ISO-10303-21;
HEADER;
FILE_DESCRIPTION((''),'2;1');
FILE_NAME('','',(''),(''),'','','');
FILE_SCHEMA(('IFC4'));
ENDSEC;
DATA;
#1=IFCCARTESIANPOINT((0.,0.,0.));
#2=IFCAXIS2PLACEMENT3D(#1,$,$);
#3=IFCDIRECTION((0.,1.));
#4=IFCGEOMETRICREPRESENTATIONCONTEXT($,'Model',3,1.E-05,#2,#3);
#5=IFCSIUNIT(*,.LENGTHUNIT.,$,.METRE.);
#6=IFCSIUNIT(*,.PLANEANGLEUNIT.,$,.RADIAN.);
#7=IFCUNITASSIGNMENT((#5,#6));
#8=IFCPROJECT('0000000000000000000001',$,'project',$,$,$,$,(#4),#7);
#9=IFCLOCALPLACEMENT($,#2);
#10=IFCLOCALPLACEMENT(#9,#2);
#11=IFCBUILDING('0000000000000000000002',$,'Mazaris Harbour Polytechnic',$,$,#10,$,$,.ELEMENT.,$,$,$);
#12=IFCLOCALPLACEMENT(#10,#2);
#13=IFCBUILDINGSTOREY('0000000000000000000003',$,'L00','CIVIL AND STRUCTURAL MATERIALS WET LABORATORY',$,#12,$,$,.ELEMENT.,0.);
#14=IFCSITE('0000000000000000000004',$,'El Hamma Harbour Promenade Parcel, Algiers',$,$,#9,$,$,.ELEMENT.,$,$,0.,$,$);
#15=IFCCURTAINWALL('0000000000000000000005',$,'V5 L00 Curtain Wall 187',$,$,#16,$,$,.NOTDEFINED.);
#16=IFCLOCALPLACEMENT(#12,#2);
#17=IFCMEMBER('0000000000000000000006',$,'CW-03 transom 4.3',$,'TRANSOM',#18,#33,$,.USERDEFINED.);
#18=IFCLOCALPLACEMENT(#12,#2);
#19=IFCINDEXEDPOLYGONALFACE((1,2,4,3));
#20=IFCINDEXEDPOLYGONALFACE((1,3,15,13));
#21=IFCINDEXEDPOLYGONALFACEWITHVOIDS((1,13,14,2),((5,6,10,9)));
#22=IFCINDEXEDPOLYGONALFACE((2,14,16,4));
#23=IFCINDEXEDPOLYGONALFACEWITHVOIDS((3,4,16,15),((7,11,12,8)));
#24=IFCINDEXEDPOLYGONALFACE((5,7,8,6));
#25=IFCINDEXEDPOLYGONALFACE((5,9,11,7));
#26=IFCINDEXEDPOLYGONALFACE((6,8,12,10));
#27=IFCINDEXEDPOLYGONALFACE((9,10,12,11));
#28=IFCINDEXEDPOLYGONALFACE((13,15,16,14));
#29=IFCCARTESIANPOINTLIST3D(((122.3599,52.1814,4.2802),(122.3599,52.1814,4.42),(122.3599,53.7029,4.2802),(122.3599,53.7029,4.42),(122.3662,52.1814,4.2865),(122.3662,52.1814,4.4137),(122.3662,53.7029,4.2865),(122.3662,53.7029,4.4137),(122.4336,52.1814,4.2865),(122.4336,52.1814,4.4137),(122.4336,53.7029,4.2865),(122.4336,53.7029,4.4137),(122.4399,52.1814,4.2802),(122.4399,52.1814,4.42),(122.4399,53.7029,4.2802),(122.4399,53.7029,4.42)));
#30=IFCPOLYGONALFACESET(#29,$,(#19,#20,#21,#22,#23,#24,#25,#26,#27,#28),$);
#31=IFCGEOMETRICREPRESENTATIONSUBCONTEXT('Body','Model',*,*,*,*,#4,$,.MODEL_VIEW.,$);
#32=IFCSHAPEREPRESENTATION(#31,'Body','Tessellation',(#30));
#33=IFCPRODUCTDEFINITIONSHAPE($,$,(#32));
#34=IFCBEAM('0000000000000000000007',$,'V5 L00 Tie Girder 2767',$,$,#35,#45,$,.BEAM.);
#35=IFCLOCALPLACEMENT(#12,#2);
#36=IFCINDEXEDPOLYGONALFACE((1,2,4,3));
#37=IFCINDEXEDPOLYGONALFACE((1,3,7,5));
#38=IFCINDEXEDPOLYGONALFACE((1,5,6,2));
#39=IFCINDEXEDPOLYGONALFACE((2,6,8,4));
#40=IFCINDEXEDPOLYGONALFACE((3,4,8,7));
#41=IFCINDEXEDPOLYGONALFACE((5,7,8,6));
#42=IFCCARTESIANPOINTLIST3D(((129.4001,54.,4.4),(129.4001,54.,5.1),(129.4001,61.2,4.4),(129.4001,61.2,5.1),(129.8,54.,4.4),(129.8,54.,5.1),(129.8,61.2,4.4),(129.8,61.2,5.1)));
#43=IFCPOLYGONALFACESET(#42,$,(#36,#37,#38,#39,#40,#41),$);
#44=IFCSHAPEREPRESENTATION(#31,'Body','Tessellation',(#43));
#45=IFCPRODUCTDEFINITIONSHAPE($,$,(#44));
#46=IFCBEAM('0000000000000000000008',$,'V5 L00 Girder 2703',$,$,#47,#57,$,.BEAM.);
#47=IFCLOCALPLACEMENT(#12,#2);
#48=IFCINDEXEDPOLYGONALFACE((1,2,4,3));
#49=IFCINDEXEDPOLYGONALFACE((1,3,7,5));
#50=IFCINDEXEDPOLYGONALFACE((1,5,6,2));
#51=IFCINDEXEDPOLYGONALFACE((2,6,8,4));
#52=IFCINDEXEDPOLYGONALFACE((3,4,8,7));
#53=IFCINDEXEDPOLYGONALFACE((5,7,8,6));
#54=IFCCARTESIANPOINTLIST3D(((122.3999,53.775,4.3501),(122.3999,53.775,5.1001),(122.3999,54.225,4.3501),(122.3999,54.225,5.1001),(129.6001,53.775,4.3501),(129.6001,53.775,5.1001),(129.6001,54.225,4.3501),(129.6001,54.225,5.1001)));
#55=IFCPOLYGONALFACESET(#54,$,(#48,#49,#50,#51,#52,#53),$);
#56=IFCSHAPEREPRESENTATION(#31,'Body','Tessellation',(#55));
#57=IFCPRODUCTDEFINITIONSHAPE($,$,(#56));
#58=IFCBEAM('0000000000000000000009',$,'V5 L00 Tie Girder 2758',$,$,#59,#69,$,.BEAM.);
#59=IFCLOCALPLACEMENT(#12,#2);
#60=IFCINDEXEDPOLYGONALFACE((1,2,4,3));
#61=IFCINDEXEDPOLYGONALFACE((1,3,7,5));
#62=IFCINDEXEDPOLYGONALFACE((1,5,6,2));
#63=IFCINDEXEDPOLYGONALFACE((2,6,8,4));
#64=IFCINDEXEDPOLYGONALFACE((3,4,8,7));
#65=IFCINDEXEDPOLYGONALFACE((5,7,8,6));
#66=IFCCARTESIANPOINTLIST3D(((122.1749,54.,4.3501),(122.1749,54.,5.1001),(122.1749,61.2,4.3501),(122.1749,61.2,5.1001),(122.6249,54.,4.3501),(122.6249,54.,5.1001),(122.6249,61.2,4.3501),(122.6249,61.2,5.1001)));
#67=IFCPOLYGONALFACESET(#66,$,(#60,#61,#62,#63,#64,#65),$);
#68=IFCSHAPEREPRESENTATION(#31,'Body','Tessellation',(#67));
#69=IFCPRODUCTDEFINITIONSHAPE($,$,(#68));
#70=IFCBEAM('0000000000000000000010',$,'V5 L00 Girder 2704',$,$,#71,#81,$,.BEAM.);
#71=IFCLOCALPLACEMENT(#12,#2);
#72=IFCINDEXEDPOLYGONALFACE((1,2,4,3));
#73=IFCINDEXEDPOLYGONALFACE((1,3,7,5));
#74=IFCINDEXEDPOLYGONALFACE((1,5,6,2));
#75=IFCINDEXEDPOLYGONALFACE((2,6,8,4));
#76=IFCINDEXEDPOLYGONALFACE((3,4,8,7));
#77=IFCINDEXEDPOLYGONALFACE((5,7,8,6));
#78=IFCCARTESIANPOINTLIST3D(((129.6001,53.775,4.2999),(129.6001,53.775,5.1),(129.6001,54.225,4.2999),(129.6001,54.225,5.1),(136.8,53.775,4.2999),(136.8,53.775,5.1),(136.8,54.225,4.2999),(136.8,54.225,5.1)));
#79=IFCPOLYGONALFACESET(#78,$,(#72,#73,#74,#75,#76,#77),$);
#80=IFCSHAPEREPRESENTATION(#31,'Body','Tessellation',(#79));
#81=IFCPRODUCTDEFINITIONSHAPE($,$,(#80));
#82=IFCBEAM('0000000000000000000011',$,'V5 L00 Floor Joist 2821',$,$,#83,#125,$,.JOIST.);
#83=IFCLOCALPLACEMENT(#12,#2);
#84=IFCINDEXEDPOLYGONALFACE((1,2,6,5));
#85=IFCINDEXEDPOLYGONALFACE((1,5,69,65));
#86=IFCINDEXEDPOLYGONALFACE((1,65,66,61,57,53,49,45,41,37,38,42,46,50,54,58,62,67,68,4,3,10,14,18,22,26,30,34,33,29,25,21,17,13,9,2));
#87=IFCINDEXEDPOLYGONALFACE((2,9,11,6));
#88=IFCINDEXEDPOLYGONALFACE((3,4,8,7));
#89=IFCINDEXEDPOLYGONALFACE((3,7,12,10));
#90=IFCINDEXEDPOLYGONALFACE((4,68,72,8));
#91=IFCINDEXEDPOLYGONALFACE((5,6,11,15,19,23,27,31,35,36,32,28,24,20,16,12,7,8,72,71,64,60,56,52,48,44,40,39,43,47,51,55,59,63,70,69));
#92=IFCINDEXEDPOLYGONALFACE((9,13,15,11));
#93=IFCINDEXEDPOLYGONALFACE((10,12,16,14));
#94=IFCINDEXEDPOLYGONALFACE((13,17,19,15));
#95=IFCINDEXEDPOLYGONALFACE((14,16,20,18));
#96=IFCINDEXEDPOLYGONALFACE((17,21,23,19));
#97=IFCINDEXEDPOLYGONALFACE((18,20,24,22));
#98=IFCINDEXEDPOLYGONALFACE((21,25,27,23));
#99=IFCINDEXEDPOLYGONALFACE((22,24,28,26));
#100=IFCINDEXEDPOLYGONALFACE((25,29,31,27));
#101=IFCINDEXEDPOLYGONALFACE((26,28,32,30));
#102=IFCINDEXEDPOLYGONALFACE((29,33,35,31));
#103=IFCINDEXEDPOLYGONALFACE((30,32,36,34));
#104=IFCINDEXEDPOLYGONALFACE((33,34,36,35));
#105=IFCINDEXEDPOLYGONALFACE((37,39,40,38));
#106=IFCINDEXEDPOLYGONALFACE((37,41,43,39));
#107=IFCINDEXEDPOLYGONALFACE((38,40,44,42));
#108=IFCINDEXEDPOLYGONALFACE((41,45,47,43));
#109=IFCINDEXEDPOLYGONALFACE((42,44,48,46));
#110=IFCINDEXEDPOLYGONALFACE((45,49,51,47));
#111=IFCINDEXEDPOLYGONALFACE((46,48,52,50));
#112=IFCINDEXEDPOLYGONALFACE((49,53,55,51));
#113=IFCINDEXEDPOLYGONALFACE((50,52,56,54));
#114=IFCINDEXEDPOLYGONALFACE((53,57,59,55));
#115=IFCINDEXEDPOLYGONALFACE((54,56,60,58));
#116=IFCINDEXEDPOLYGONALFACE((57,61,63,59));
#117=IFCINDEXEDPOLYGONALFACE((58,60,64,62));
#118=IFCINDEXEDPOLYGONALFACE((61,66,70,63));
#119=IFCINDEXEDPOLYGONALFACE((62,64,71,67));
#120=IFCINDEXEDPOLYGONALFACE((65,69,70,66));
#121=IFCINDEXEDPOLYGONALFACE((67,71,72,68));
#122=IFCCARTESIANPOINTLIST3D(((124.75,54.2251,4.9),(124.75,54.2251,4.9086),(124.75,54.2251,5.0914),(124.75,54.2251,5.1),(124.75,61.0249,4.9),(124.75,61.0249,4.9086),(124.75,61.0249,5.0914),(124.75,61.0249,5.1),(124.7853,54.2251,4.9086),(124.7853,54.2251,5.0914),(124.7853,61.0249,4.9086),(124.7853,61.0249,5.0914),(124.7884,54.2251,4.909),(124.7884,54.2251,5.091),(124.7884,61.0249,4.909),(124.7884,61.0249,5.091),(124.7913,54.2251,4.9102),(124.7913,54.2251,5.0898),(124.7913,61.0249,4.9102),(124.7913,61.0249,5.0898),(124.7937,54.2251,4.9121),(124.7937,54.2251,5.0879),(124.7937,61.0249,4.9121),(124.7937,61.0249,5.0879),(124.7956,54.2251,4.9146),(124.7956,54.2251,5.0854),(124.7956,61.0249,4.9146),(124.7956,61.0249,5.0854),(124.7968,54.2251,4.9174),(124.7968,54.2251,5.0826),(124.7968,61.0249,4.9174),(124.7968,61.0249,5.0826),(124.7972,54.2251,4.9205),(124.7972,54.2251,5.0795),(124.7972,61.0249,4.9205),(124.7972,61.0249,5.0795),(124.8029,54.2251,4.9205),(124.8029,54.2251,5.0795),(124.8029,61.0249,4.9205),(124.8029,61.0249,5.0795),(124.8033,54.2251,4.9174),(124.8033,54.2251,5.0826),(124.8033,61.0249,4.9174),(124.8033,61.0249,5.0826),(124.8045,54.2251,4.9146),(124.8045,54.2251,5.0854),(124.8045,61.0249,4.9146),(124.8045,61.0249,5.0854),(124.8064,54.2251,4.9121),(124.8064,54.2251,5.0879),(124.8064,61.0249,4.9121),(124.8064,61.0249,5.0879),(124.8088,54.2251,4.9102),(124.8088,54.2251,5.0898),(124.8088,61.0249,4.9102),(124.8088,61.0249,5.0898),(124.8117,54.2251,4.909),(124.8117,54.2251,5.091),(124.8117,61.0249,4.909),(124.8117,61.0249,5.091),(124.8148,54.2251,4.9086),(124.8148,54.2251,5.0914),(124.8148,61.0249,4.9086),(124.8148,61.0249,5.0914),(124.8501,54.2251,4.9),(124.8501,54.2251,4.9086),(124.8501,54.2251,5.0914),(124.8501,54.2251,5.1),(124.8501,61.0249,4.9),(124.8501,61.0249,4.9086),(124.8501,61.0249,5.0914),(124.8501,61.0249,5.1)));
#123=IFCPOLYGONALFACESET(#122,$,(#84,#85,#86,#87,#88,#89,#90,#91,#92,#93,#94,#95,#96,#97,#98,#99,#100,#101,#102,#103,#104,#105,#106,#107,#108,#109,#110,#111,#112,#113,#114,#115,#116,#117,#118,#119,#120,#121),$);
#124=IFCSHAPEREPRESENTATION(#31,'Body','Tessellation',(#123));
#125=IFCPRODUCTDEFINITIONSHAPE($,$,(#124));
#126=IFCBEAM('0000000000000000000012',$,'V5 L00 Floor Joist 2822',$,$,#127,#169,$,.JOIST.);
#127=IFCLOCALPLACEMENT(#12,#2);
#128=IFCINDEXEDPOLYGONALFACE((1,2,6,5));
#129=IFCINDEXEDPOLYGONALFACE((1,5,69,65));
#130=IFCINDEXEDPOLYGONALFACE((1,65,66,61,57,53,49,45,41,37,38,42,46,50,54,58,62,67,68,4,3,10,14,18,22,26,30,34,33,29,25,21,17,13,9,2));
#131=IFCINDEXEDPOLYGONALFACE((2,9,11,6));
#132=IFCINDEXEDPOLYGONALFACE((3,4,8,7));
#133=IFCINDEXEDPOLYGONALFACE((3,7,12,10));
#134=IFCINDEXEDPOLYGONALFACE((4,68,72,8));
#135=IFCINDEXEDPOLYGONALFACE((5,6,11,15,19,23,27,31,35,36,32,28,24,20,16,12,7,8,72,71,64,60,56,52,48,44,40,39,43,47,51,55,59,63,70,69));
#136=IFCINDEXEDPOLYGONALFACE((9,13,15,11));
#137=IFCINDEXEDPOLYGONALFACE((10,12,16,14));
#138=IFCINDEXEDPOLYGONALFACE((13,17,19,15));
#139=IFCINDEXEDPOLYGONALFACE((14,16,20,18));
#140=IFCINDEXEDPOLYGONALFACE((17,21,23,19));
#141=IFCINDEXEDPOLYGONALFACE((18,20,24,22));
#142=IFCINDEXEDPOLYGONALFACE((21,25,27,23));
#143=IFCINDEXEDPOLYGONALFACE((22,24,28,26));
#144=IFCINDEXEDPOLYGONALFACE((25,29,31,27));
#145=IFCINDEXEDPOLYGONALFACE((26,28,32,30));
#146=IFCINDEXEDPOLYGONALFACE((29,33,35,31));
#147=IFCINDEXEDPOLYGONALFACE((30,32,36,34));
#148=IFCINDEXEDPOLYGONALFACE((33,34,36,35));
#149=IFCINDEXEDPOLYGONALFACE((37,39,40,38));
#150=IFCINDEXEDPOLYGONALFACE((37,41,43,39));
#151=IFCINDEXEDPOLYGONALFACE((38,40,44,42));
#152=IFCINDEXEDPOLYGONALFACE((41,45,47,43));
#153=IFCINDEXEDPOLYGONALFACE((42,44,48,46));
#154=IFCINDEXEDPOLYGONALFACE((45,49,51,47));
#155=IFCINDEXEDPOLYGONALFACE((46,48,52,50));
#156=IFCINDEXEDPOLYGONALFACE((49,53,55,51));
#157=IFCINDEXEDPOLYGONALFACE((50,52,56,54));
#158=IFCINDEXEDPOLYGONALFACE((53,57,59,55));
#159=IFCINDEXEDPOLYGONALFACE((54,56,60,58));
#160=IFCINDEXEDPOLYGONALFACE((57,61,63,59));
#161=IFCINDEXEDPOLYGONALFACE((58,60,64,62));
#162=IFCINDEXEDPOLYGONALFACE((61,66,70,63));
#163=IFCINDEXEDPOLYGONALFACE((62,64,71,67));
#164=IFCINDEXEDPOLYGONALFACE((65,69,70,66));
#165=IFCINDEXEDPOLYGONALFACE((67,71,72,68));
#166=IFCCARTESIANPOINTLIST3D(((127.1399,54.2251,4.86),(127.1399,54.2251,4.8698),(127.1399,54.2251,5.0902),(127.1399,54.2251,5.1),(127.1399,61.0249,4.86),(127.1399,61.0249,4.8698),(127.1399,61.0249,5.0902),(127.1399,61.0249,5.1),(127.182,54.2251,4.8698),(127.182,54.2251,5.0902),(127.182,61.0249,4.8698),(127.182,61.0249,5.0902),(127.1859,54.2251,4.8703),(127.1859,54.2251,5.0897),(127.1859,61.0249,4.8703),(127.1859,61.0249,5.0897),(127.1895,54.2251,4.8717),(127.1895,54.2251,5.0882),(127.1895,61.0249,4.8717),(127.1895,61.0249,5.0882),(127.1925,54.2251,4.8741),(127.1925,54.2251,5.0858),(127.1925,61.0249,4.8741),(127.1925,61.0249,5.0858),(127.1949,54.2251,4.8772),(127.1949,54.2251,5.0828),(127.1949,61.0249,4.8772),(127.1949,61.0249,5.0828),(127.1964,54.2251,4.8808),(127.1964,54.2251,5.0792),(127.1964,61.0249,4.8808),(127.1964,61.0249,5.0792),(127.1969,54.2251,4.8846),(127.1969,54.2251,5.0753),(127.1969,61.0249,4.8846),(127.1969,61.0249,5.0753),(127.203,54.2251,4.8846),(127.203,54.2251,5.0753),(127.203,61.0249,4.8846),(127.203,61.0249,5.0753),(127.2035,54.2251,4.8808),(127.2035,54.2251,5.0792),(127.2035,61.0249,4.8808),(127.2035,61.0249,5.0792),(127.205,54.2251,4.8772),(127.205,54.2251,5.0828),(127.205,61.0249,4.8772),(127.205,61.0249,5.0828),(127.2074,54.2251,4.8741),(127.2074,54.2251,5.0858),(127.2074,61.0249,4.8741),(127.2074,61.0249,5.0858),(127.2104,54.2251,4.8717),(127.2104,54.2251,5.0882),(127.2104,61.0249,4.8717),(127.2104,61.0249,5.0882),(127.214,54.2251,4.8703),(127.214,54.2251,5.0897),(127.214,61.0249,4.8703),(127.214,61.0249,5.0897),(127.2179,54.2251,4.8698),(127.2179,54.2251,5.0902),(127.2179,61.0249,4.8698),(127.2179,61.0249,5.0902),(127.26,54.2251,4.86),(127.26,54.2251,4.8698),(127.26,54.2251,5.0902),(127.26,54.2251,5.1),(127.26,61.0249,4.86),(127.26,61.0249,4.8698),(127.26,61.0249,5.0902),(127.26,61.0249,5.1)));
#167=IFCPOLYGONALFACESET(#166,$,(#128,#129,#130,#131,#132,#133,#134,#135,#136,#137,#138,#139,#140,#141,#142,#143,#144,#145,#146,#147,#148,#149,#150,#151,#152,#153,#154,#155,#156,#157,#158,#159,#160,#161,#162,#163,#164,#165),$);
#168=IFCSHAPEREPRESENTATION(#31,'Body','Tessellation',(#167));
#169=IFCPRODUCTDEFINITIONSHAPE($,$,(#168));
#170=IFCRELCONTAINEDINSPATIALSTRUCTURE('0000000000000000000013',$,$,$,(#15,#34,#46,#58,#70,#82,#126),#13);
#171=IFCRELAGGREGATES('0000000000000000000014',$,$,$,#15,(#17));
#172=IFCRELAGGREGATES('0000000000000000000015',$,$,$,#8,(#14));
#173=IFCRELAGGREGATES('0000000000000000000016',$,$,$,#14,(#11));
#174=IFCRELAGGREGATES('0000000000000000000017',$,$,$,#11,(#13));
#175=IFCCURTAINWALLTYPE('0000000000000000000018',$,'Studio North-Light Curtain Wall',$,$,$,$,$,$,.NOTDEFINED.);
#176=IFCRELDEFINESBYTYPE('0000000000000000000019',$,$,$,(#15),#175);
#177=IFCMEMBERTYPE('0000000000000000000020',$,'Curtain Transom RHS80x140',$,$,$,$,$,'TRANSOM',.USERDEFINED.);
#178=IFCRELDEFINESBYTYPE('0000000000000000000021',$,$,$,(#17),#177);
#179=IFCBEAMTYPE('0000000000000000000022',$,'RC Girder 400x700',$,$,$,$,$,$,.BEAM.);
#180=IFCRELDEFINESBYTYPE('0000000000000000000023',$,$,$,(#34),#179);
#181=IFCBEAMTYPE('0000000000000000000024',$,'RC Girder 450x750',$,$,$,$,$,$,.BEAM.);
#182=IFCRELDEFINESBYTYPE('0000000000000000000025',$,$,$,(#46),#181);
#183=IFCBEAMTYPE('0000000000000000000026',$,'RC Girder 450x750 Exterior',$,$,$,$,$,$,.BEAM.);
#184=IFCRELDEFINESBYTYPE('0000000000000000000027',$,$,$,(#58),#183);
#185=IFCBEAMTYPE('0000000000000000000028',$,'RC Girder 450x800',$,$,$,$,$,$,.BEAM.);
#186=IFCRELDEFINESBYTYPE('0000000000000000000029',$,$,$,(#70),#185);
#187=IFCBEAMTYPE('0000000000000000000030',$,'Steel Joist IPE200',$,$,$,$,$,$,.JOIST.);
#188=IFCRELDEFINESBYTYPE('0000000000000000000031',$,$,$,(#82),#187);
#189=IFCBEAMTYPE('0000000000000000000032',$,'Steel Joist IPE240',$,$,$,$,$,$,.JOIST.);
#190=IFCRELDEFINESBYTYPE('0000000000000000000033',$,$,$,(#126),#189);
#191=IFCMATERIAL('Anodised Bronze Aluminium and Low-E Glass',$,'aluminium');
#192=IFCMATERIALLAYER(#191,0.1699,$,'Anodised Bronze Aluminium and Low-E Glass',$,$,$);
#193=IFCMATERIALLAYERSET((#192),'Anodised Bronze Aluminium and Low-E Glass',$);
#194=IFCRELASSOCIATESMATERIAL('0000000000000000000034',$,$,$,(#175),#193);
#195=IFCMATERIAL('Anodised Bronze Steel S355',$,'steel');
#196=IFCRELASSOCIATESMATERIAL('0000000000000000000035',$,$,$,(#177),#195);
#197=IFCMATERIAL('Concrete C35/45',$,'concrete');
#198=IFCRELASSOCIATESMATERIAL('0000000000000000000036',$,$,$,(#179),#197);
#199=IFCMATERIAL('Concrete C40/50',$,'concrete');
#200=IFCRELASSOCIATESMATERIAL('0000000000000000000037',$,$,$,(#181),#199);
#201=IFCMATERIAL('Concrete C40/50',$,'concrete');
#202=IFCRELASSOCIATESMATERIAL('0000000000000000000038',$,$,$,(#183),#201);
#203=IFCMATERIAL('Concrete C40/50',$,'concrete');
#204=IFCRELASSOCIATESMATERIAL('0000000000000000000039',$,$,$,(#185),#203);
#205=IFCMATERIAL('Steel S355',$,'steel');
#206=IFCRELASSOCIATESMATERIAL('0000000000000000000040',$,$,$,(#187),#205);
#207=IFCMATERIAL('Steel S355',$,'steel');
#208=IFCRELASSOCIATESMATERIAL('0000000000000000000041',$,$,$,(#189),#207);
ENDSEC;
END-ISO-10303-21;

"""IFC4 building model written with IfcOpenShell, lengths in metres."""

from ifc_helpers import new_model, si_unit, direction, frame, origin, origin_2d, place, context, subcontext, project, spatial, rectangle, hollow_rectangle, i_section, extrude, material, layer, layer_set, material_profile, profile_set, type_object, element, aggregate, save


model = new_model("IFC4")

# Units and contexts
model_context = context("Model", 3, precision=1e-05, world=origin(), true_north=direction((0.0, 1.0)))
body_context = subcontext(model_context, "Body", "Model", "MODEL_VIEW")
ifc_project = project(units=[si_unit("LENGTHUNIT", "METRE"), si_unit("PLANEANGLEUNIT", "RADIAN")], contexts=[model_context])

# Site, building, storey
site_placement = place(None, origin())
site = spatial("IfcSite", under=ifc_project, at=site_placement, Name="El Hamma Harbour Promenade Parcel, Algiers", CompositionType="ELEMENT", RefElevation=0.0)
building_placement = place(site_placement, origin())
building = spatial("IfcBuilding", under=site, at=building_placement, Name="Mazaris Harbour Polytechnic", CompositionType="ELEMENT")
storey_placement = place(building_placement, origin())
storey = spatial("IfcBuildingStorey", under=building, at=storey_placement, Name="L00", Description="CIVIL AND STRUCTURAL MATERIALS WET LABORATORY", CompositionType="ELEMENT", Elevation=0.0)

# Curtain wall, member
ifc_material_1 = material(Name="Anodised Bronze Aluminium and Low-E Glass", Category="aluminium")
ifc_layer_1 = layer(ifc_material_1, 0.1699, Name="Anodised Bronze Aluminium and Low-E Glass")
ifc_layer_set_1 = layer_set([ifc_layer_1], Name="Anodised Bronze Aluminium and Low-E Glass")
curtain_wall_type = type_object("IfcCurtainWallType", Name="Studio North-Light Curtain Wall", PredefinedType="NOTDEFINED", material=ifc_layer_set_1)
curtain_wall_placement = place(storey_placement, origin())
curtain_wall = element("IfcCurtainWall", 1, at=curtain_wall_placement, inside=storey, type_object=curtain_wall_type, Name="V5 L00 Curtain Wall 187", PredefinedType="NOTDEFINED")
ifc_material_2 = material(Name="Anodised Bronze Steel S355", Category="steel")
ifc_material_profile_1 = material_profile(ifc_material_2, hollow_rectangle(XDim=0.0801, YDim=0.1399, WallThickness=0.0063, at=origin_2d()), Name="RHS 80x140x6.3")
ifc_profile_set_1 = profile_set([ifc_material_profile_1], Name="Anodised Bronze Steel S355")
member_type_1 = type_object("IfcMemberType", Name="Curtain Transom RHS80x140", ElementType="TRANSOM", PredefinedType="USERDEFINED", material=ifc_profile_set_1)
member_1_placement = place(storey_placement, frame((122.3999, 52.1814, 4.3501), z_axis=(0.0, 1.0, 0.0), x_axis=(-1.0, 0.0, 0.0)))
member_1 = element("IfcMember", 2, at=member_1_placement, type_object=member_type_1, Name="CW-03 transom 4.3", ObjectType="TRANSOM", PredefinedType="USERDEFINED", context=body_context, shape_type="SweptSolid", body=[
    extrude(hollow_rectangle(XDim=0.0801, YDim=0.1399, WallThickness=0.0063, at=origin_2d()), origin(), (0.0, 0.0, 1.0), 1.5215),
])

# Beams
ifc_material_3 = material(Name="Concrete C35/45", Category="concrete")
ifc_material_profile_2 = material_profile(ifc_material_3, rectangle(XDim=0.3999, YDim=0.7, at=origin_2d()), Name="RECT400x700")
ifc_profile_set_2 = profile_set([ifc_material_profile_2], Name="Concrete C35/45")
beam_type_1 = type_object("IfcBeamType", Name="RC Girder 400x700", PredefinedType="BEAM", material=ifc_profile_set_2)
beam_1_placement = place(storey_placement, frame((129.6001, 54.0, 4.75), z_axis=(0.0, 1.0, 0.0), x_axis=(-1.0, 0.0, 0.0)))
element("IfcBeam", 3, at=beam_1_placement, inside=storey, type_object=beam_type_1, Name="V5 L00 Tie Girder 2767", PredefinedType="BEAM", context=body_context, shape_type="SweptSolid", body=[
    extrude(rectangle(XDim=0.3999, YDim=0.7, at=origin_2d()), origin(), (0.0, 0.0, 1.0), 7.2),
])
ifc_material_4 = material(Name="Concrete C40/50", Category="concrete")
ifc_material_profile_3 = material_profile(ifc_material_4, rectangle(XDim=0.45, YDim=0.75, at=origin_2d()), Name="RECT450x750")
ifc_profile_set_3 = profile_set([ifc_material_profile_3], Name="Concrete C40/50")
beam_type_2 = type_object("IfcBeamType", Name="RC Girder 450x750", PredefinedType="BEAM", material=ifc_profile_set_3)
beam_2_placement = place(storey_placement, frame((122.3999, 54.0, 4.7251), z_axis=(1.0, 0.0, 0.0), x_axis=(0.0, 1.0, 0.0)))
element("IfcBeam", 4, at=beam_2_placement, inside=storey, type_object=beam_type_2, Name="V5 L00 Girder 2703", PredefinedType="BEAM", context=body_context, shape_type="SweptSolid", body=[
    extrude(rectangle(XDim=0.45, YDim=0.75, at=origin_2d()), origin(), (0.0, 0.0, 1.0), 7.2002),
])
ifc_material_5 = material(Name="Concrete C40/50", Category="concrete")
ifc_material_profile_4 = material_profile(ifc_material_5, rectangle(XDim=0.45, YDim=0.75, at=origin_2d()), Name="RECT450x750")
ifc_profile_set_4 = profile_set([ifc_material_profile_4], Name="Concrete C40/50")
beam_type_3 = type_object("IfcBeamType", Name="RC Girder 450x750 Exterior", PredefinedType="BEAM", material=ifc_profile_set_4)
beam_3_placement = place(storey_placement, frame((122.3999, 54.0, 4.7251), z_axis=(0.0, 1.0, 0.0), x_axis=(-1.0, 0.0, 0.0)))
element("IfcBeam", 5, at=beam_3_placement, inside=storey, type_object=beam_type_3, Name="V5 L00 Tie Girder 2758", PredefinedType="BEAM", context=body_context, shape_type="SweptSolid", body=[
    extrude(rectangle(XDim=0.45, YDim=0.75, at=origin_2d()), origin(), (0.0, 0.0, 1.0), 7.2),
])
ifc_material_6 = material(Name="Concrete C40/50", Category="concrete")
ifc_material_profile_5 = material_profile(ifc_material_6, rectangle(XDim=0.45, YDim=0.8, at=origin_2d()), Name="RECT450x800")
ifc_profile_set_5 = profile_set([ifc_material_profile_5], Name="Concrete C40/50")
beam_type_4 = type_object("IfcBeamType", Name="RC Girder 450x800", PredefinedType="BEAM", material=ifc_profile_set_5)
beam_4_placement = place(storey_placement, frame((129.6001, 54.0, 4.7), z_axis=(1.0, 0.0, 0.0), x_axis=(0.0, 1.0, 0.0)))
element("IfcBeam", 6, at=beam_4_placement, inside=storey, type_object=beam_type_4, Name="V5 L00 Girder 2704", PredefinedType="BEAM", context=body_context, shape_type="SweptSolid", body=[
    extrude(rectangle(XDim=0.45, YDim=0.8, at=origin_2d()), origin(), (0.0, 0.0, 1.0), 7.2),
])
ifc_material_7 = material(Name="Steel S355", Category="steel")
ifc_material_profile_6 = material_profile(ifc_material_7, i_section(OverallWidth=0.1001, OverallDepth=0.2, WebThickness=0.0056, FlangeThickness=0.0085, FilletRadius=0.012, at=origin_2d()), Name="IPE 200")
ifc_profile_set_6 = profile_set([ifc_material_profile_6], Name="Steel S355")
beam_type_5 = type_object("IfcBeamType", Name="Steel Joist IPE200", PredefinedType="JOIST", material=ifc_profile_set_6)
beam_5_placement = place(storey_placement, frame((124.8, 54.2251, 5.0), z_axis=(0.0, 1.0, 0.0), x_axis=(-1.0, 0.0, 0.0)))
element("IfcBeam", 7, at=beam_5_placement, inside=storey, type_object=beam_type_5, Name="V5 L00 Floor Joist 2821", PredefinedType="JOIST", context=body_context, shape_type="SweptSolid", body=[
    extrude(i_section(OverallWidth=0.1001, OverallDepth=0.2, WebThickness=0.0056, FlangeThickness=0.0085, FilletRadius=0.012, at=origin_2d()), origin(), (0.0, 0.0, 1.0), 6.7998),
])
ifc_material_8 = material(Name="Steel S355", Category="steel")
ifc_material_profile_7 = material_profile(ifc_material_8, i_section(OverallWidth=0.1201, OverallDepth=0.24, WebThickness=0.0061, FlangeThickness=0.0098, FilletRadius=0.0149, at=origin_2d()), Name="IPE 240")
ifc_profile_set_7 = profile_set([ifc_material_profile_7], Name="Steel S355")
beam_type_6 = type_object("IfcBeamType", Name="Steel Joist IPE240", PredefinedType="JOIST", material=ifc_profile_set_7)
beam_6_placement = place(storey_placement, frame((127.2, 54.2251, 4.98), z_axis=(0.0, 1.0, 0.0), x_axis=(-1.0, 0.0, 0.0)))
element("IfcBeam", 8, at=beam_6_placement, inside=storey, type_object=beam_type_6, Name="V5 L00 Floor Joist 2822", PredefinedType="JOIST", context=body_context, shape_type="SweptSolid", body=[
    extrude(i_section(OverallWidth=0.1201, OverallDepth=0.24, WebThickness=0.0061, FlangeThickness=0.0098, FilletRadius=0.0149, at=origin_2d()), origin(), (0.0, 0.0, 1.0), 6.7998),
])

aggregate(curtain_wall, [member_1])

save(model, "model.ifc")
